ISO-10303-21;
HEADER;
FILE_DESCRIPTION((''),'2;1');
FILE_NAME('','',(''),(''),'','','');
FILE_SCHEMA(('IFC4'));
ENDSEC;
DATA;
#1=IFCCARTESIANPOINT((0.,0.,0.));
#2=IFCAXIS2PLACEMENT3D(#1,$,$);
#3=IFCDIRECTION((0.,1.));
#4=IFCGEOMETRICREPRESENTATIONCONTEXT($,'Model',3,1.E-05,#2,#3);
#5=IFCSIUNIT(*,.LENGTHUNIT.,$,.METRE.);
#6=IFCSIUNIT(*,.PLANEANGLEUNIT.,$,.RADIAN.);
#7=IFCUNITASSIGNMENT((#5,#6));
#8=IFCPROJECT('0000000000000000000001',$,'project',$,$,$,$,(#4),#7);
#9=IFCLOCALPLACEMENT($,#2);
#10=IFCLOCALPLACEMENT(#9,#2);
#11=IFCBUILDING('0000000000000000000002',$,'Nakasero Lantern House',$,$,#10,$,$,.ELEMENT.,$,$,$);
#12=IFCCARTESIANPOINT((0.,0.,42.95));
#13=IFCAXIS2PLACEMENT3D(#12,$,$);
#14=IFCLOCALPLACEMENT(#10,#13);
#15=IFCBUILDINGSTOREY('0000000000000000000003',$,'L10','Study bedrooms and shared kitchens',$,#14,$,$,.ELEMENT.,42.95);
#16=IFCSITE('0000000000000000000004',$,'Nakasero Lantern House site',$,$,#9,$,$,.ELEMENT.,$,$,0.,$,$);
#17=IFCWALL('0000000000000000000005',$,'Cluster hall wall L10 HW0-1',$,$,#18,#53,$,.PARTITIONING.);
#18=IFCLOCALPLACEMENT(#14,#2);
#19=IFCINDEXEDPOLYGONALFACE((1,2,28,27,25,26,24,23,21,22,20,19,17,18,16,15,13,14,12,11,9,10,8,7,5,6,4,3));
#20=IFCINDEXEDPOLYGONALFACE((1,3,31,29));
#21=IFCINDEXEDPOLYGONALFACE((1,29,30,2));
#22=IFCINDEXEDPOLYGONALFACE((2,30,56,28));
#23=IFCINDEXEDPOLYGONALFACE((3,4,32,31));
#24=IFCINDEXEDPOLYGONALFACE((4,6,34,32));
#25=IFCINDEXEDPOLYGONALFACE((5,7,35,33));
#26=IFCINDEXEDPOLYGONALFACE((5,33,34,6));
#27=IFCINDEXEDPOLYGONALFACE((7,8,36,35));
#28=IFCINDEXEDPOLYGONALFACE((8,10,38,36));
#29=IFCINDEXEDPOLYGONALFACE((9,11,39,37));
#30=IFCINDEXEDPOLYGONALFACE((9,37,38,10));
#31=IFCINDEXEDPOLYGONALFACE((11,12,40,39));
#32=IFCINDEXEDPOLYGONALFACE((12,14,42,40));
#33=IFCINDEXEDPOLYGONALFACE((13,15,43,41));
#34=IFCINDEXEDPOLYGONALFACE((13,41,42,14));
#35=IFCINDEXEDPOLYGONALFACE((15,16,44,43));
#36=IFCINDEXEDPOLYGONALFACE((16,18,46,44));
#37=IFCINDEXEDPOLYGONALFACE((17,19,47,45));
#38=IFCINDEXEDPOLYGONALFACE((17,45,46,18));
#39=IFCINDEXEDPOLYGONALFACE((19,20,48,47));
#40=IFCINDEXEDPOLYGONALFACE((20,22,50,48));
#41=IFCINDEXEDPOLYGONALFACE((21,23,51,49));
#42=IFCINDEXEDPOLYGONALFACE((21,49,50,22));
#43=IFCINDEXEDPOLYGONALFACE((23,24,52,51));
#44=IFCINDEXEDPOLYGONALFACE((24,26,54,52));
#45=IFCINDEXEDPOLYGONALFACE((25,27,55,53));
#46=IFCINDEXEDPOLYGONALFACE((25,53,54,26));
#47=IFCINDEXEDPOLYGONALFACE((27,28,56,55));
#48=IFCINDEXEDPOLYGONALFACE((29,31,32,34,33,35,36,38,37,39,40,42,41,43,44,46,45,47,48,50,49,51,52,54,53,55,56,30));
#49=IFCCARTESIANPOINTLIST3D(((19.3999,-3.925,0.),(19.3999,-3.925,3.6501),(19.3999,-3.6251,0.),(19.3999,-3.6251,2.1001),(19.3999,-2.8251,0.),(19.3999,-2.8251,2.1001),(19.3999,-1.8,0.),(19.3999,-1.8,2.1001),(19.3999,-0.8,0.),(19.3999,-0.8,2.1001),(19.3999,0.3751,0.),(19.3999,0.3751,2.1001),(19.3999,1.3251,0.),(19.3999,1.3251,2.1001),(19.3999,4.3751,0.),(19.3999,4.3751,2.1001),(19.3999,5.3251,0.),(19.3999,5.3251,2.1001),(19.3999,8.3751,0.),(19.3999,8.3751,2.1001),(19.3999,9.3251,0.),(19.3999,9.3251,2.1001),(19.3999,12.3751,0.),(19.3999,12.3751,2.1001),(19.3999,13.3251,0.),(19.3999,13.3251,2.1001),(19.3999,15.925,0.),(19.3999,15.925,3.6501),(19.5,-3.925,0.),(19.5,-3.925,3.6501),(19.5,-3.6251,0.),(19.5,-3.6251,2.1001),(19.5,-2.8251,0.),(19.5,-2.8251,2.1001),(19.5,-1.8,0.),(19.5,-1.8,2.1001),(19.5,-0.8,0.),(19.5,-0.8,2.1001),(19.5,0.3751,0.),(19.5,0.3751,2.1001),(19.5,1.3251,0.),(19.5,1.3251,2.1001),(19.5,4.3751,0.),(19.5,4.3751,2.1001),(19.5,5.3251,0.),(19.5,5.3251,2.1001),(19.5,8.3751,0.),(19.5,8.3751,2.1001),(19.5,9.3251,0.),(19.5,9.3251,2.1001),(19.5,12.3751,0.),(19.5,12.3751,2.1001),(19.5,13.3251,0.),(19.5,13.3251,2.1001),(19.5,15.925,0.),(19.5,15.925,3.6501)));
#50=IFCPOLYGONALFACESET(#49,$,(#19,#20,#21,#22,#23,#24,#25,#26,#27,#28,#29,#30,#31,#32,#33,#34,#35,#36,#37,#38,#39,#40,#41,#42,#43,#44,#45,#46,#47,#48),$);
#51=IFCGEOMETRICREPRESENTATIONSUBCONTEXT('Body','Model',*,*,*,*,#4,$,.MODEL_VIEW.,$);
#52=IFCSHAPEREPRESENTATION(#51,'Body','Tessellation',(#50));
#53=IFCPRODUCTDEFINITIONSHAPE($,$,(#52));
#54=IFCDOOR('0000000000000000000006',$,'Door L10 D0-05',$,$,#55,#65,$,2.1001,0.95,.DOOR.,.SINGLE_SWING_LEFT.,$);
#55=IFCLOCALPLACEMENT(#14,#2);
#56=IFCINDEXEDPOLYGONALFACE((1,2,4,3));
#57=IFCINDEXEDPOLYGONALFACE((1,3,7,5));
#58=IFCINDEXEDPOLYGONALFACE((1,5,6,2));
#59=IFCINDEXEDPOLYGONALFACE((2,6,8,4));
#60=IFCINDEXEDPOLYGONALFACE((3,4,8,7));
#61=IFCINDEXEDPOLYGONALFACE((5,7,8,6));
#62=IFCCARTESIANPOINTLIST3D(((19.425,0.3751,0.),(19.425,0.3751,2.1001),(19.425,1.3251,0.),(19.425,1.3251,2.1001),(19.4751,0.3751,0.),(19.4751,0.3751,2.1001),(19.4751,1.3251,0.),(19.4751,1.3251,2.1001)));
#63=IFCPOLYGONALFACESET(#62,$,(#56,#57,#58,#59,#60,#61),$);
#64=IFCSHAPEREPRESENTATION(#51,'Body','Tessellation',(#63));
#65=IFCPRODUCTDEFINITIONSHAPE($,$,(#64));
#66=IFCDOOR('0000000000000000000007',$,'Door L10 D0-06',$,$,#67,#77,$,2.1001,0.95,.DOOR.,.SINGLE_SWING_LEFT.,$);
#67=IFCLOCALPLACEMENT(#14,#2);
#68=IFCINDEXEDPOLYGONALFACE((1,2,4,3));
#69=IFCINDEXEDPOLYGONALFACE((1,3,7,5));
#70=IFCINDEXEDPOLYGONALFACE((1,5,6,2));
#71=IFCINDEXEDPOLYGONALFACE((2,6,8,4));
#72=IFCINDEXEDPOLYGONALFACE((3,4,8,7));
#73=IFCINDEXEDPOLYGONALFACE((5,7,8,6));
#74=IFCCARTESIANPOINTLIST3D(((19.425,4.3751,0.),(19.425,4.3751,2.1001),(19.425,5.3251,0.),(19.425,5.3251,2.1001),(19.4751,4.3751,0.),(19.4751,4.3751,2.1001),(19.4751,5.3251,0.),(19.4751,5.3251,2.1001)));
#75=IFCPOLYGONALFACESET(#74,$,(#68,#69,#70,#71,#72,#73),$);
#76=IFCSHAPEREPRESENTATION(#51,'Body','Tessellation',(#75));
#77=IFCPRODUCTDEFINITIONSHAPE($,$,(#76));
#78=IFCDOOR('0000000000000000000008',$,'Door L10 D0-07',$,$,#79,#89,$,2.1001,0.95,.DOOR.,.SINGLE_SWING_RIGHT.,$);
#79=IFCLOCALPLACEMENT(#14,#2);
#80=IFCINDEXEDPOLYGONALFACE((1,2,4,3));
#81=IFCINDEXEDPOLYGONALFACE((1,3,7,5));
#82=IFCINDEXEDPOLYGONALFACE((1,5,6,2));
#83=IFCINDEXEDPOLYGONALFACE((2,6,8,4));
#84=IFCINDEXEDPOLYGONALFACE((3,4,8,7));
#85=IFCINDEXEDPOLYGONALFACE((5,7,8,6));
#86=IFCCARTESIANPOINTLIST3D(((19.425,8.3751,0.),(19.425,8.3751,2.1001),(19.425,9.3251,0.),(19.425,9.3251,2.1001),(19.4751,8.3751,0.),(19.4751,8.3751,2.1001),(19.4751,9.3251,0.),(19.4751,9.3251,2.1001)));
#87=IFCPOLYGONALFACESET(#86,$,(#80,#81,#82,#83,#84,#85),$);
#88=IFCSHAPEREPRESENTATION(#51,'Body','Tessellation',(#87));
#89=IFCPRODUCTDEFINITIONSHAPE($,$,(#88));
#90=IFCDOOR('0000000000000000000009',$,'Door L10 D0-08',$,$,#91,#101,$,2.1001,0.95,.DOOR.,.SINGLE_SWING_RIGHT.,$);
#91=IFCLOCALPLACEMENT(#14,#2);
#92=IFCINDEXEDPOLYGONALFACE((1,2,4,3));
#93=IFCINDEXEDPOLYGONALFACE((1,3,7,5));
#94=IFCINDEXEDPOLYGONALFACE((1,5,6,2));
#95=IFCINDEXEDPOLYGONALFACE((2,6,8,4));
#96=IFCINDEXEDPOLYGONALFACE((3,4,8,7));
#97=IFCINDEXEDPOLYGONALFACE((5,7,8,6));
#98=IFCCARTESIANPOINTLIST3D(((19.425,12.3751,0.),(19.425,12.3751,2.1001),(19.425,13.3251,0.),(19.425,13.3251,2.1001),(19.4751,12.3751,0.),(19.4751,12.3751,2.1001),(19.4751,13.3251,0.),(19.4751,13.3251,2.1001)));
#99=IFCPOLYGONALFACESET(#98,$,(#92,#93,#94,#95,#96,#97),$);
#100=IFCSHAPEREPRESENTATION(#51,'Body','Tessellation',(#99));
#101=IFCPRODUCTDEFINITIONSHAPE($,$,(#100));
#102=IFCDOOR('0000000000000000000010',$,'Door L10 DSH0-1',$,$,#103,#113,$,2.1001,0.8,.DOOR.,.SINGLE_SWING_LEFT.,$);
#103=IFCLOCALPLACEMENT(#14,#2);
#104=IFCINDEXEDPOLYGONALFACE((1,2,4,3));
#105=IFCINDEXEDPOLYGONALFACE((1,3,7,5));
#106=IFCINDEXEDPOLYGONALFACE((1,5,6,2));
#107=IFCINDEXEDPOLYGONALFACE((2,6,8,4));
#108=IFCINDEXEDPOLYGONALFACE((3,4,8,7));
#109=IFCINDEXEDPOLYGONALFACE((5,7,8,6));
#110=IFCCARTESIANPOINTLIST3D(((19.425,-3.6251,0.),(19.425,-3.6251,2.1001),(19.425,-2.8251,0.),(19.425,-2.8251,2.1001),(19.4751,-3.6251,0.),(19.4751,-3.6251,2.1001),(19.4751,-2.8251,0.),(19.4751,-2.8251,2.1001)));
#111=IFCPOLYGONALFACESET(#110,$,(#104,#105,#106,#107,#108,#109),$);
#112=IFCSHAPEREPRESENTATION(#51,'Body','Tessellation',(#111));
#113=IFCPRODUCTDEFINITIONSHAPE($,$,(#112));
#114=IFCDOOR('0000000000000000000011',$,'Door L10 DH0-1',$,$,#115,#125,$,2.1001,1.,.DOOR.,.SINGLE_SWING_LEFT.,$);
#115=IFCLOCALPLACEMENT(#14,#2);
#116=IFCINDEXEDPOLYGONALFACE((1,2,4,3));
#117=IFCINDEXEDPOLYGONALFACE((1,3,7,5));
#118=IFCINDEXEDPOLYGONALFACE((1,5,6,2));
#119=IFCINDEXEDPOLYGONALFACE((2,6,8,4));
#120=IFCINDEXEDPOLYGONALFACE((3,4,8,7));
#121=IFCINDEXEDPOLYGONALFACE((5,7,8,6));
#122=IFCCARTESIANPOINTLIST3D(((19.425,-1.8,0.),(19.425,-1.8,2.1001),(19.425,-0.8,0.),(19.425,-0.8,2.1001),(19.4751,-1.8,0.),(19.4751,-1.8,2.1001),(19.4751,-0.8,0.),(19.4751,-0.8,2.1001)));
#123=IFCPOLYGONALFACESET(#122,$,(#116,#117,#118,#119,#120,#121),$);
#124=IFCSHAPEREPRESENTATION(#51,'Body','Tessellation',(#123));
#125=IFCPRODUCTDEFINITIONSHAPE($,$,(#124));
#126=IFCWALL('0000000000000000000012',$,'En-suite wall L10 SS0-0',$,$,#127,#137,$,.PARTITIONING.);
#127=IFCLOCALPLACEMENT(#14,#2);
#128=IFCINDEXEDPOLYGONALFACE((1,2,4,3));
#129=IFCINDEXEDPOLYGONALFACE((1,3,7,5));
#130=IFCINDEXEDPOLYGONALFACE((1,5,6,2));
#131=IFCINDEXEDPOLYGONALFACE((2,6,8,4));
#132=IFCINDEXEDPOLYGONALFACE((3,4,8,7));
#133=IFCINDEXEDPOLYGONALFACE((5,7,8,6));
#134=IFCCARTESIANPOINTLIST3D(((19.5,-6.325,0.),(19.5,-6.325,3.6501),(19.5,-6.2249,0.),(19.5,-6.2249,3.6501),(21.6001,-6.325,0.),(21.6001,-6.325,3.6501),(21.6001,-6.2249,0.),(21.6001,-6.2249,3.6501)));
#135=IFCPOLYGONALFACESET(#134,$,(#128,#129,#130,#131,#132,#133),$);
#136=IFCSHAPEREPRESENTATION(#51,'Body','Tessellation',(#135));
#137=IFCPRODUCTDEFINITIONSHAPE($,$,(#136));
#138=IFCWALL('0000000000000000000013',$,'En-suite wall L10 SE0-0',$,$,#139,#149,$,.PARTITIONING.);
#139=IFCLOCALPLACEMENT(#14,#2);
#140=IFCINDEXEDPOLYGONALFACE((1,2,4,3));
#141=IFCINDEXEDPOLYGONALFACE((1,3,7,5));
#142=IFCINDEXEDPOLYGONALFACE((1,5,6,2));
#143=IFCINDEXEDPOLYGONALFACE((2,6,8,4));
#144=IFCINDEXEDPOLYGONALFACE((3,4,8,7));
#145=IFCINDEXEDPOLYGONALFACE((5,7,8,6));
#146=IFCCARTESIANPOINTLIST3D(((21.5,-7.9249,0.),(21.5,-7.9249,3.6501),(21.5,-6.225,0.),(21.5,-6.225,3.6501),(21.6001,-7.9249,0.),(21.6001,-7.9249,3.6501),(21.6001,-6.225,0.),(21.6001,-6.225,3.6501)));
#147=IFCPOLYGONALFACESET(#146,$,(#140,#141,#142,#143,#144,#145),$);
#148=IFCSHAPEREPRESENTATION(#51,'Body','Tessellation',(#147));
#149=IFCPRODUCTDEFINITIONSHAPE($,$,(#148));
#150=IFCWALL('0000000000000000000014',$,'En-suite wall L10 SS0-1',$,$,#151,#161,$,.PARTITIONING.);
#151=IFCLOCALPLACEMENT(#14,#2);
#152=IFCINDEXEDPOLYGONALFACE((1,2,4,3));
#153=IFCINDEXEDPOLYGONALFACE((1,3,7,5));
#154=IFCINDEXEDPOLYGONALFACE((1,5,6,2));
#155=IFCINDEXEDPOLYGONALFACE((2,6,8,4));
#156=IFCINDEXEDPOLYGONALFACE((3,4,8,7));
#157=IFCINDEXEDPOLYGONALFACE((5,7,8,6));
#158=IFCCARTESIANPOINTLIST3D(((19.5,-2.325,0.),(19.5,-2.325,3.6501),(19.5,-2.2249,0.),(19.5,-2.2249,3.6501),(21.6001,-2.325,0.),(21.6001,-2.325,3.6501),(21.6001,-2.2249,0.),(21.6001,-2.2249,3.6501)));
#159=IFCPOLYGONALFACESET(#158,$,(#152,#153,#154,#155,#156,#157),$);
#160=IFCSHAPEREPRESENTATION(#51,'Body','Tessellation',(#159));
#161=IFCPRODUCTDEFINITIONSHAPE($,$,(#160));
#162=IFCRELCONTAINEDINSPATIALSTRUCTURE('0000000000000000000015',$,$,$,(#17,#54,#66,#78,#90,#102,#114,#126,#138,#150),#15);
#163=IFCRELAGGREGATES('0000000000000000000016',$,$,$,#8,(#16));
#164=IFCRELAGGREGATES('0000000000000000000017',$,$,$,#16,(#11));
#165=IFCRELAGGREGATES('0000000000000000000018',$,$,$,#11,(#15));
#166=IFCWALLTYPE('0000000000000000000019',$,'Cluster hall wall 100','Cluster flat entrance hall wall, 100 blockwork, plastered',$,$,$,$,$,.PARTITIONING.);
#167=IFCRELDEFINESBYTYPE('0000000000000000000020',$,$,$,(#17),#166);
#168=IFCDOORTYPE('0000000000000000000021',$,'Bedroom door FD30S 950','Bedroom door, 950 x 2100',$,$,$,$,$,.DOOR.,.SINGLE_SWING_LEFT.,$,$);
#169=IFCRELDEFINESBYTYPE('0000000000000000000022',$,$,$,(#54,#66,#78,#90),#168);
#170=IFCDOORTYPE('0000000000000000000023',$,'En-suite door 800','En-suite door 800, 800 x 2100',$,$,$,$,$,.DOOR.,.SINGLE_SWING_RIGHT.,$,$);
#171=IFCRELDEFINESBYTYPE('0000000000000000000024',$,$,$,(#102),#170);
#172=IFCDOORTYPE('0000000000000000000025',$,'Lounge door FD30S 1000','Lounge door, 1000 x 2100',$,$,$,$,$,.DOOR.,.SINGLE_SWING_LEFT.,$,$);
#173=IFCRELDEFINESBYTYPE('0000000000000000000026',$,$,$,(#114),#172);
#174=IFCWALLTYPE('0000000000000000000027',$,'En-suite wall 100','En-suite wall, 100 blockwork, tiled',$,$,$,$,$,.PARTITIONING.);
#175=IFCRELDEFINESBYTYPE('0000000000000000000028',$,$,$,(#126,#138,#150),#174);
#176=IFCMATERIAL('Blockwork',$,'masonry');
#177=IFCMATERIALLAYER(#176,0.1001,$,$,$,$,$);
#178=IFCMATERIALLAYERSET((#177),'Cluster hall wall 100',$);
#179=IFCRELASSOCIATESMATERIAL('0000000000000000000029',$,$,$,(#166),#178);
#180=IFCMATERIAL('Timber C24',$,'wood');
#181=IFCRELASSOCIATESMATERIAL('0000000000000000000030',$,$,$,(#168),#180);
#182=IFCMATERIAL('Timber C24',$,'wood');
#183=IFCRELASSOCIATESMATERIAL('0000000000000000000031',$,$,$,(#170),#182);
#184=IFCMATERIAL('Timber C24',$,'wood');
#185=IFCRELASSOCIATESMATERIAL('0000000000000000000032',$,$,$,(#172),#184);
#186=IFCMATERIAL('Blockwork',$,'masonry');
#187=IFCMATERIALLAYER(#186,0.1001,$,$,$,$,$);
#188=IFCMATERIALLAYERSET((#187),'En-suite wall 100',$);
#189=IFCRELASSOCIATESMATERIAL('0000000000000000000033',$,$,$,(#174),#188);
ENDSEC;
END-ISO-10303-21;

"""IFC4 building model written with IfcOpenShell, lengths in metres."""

from ifc_helpers import new_model, si_unit, direction, frame, frame_2d, origin, place, context, subcontext, project, spatial, rectangle, extrude, material, layer, layer_set, type_object, element, fill, save


model = new_model("IFC4")

# Units and contexts
model_context = context("Model", 3, precision=1e-05, world=origin(), true_north=direction((0.0, 1.0)))
body_context = subcontext(model_context, "Body", "Model", "MODEL_VIEW")
ifc_project = project(units=[si_unit("LENGTHUNIT", "METRE"), si_unit("PLANEANGLEUNIT", "RADIAN")], contexts=[model_context])

# Site, building, storey
site_placement = place(None, origin())
site = spatial("IfcSite", under=ifc_project, at=site_placement, Name="Nakasero Lantern House site", CompositionType="ELEMENT", RefElevation=0.0)
building_placement = place(site_placement, origin())
building = spatial("IfcBuilding", under=site, at=building_placement, Name="Nakasero Lantern House", CompositionType="ELEMENT")
storey_placement = place(building_placement, frame((0.0, 0.0, 42.95)))
storey = spatial("IfcBuildingStorey", under=building, at=storey_placement, Name="L10", Description="Study bedrooms and shared kitchens", CompositionType="ELEMENT", Elevation=42.95)

# Wall, openings, doors
ifc_material_1 = material(Name="Blockwork", Category="masonry")
ifc_layer_1 = layer(ifc_material_1, 0.1001)
ifc_layer_set_1 = layer_set([ifc_layer_1], Name="Cluster hall wall 100")
wall_type_1 = type_object("IfcWallType", Name="Cluster hall wall 100", Description="Cluster flat entrance hall wall, 100 blockwork, plastered", PredefinedType="PARTITIONING", material=ifc_layer_set_1)
wall_1_placement = place(storey_placement, frame((19.45, -3.925, 0.0), z_axis=(0.0, 0.0, 1.0), x_axis=(0.0, 1.0, 0.0)))
wall_1 = element("IfcWall", 1, at=wall_1_placement, inside=storey, type_object=wall_type_1, Name="Cluster hall wall L10 HW0-1", PredefinedType="PARTITIONING", context=body_context, shape_type="SweptSolid", body=[
    extrude(rectangle(XDim=19.8501, YDim=0.1001, at=frame_2d((9.925, 0.0))), origin(), (0.0, 0.0, 1.0), 3.6501),
])
opening_1_placement = place(wall_1_placement, frame((2.125, 0.0, 0.0)))
opening_1 = element("IfcOpeningElement", 2, at=opening_1_placement, cuts=wall_1, PredefinedType="OPENING", context=body_context, shape_type="SweptSolid", body=[
    extrude(rectangle(XDim=1.0, YDim=2.1001, at=frame_2d((0.5, 1.05))), frame((0.0, 0.0701, 0.0), z_axis=(0.0, -1.0, 0.0), x_axis=(1.0, 0.0, 0.0)), (0.0, 0.0, 1.0), 0.1401),
])
opening_2_placement = place(wall_1_placement, frame((0.3, 0.0, 0.0)))
opening_2 = element("IfcOpeningElement", 3, at=opening_2_placement, cuts=wall_1, PredefinedType="OPENING", context=body_context, shape_type="SweptSolid", body=[
    extrude(rectangle(XDim=0.8, YDim=2.1001, at=frame_2d((0.3999, 1.05))), frame((0.0, 0.0701, 0.0), z_axis=(0.0, -1.0, 0.0), x_axis=(1.0, 0.0, 0.0)), (0.0, 0.0, 1.0), 0.1401),
])
opening_3_placement = place(wall_1_placement, frame((4.3, 0.0, 0.0)))
opening_3 = element("IfcOpeningElement", 4, at=opening_3_placement, cuts=wall_1, PredefinedType="OPENING", context=body_context, shape_type="SweptSolid", body=[
    extrude(rectangle(XDim=0.95, YDim=2.1001, at=frame_2d((0.4751, 1.05))), frame((0.0, 0.0701, 0.0), z_axis=(0.0, -1.0, 0.0), x_axis=(1.0, 0.0, 0.0)), (0.0, 0.0, 1.0), 0.1401),
])
opening_4_placement = place(wall_1_placement, frame((8.3, 0.0, 0.0)))
opening_4 = element("IfcOpeningElement", 5, at=opening_4_placement, cuts=wall_1, PredefinedType="OPENING", context=body_context, shape_type="SweptSolid", body=[
    extrude(rectangle(XDim=0.95, YDim=2.1001, at=frame_2d((0.4751, 1.05))), frame((0.0, 0.0701, 0.0), z_axis=(0.0, -1.0, 0.0), x_axis=(1.0, 0.0, 0.0)), (0.0, 0.0, 1.0), 0.1401),
])
opening_5_placement = place(wall_1_placement, frame((12.3, 0.0, 0.0)))
opening_5 = element("IfcOpeningElement", 6, at=opening_5_placement, cuts=wall_1, PredefinedType="OPENING", context=body_context, shape_type="SweptSolid", body=[
    extrude(rectangle(XDim=0.95, YDim=2.1001, at=frame_2d((0.4751, 1.05))), frame((0.0, 0.0701, 0.0), z_axis=(0.0, -1.0, 0.0), x_axis=(1.0, 0.0, 0.0)), (0.0, 0.0, 1.0), 0.1401),
])
opening_6_placement = place(wall_1_placement, frame((16.3, 0.0, 0.0)))
opening_6 = element("IfcOpeningElement", 7, at=opening_6_placement, cuts=wall_1, PredefinedType="OPENING", context=body_context, shape_type="SweptSolid", body=[
    extrude(rectangle(XDim=0.95, YDim=2.1001, at=frame_2d((0.4751, 1.05))), frame((0.0, 0.0701, 0.0), z_axis=(0.0, -1.0, 0.0), x_axis=(1.0, 0.0, 0.0)), (0.0, 0.0, 1.0), 0.1401),
])
ifc_material_2 = material(Name="Timber C24", Category="wood")
door_type_1 = type_object("IfcDoorType", Name="Bedroom door FD30S 950", Description="Bedroom door, 950 x 2100", OperationType="SINGLE_SWING_LEFT", PredefinedType="DOOR", material=ifc_material_2)
door_1_placement = place(opening_3_placement, origin())
door_1 = element("IfcDoor", 8, at=door_1_placement, inside=storey, type_object=door_type_1, Name="Door L10 D0-05", OperationType="SINGLE_SWING_LEFT", OverallHeight=2.1001, OverallWidth=0.95, PredefinedType="DOOR", context=body_context, shape_type="SweptSolid", body=[
    extrude(rectangle(XDim=0.95, YDim=2.1001, at=frame_2d((0.4751, 1.05))), frame((0.0, 0.0249, 0.0), z_axis=(0.0, -1.0, 0.0), x_axis=(1.0, 0.0, 0.0)), (0.0, 0.0, 1.0), 0.05),
])
fill(opening_3, door_1)
door_2_placement = place(opening_4_placement, origin())
door_2 = element("IfcDoor", 9, at=door_2_placement, inside=storey, type_object=door_type_1, Name="Door L10 D0-06", OperationType="SINGLE_SWING_LEFT", OverallHeight=2.1001, OverallWidth=0.95, PredefinedType="DOOR", context=body_context, shape_type="SweptSolid", body=[
    extrude(rectangle(XDim=0.95, YDim=2.1001, at=frame_2d((0.4751, 1.05))), frame((0.0, 0.0249, 0.0), z_axis=(0.0, -1.0, 0.0), x_axis=(1.0, 0.0, 0.0)), (0.0, 0.0, 1.0), 0.05),
])
fill(opening_4, door_2)
door_3_placement = place(opening_5_placement, origin())
door_3 = element("IfcDoor", 10, at=door_3_placement, inside=storey, type_object=door_type_1, Name="Door L10 D0-07", OperationType="SINGLE_SWING_RIGHT", OverallHeight=2.1001, OverallWidth=0.95, PredefinedType="DOOR", context=body_context, shape_type="SweptSolid", body=[
    extrude(rectangle(XDim=0.95, YDim=2.1001, at=frame_2d((0.4751, 1.05))), frame((0.0, 0.0249, 0.0), z_axis=(0.0, -1.0, 0.0), x_axis=(1.0, 0.0, 0.0)), (0.0, 0.0, 1.0), 0.05),
])
fill(opening_5, door_3)
door_4_placement = place(opening_6_placement, origin())
door_4 = element("IfcDoor", 11, at=door_4_placement, inside=storey, type_object=door_type_1, Name="Door L10 D0-08", OperationType="SINGLE_SWING_RIGHT", OverallHeight=2.1001, OverallWidth=0.95, PredefinedType="DOOR", context=body_context, shape_type="SweptSolid", body=[
    extrude(rectangle(XDim=0.95, YDim=2.1001, at=frame_2d((0.4751, 1.05))), frame((0.0, 0.0249, 0.0), z_axis=(0.0, -1.0, 0.0), x_axis=(1.0, 0.0, 0.0)), (0.0, 0.0, 1.0), 0.05),
])
fill(opening_6, door_4)
ifc_material_3 = material(Name="Timber C24", Category="wood")
door_type_2 = type_object("IfcDoorType", Name="En-suite door 800", Description="En-suite door 800, 800 x 2100", OperationType="SINGLE_SWING_RIGHT", PredefinedType="DOOR", material=ifc_material_3)
door_5_placement = place(opening_2_placement, origin())
door_5 = element("IfcDoor", 12, at=door_5_placement, inside=storey, type_object=door_type_2, Name="Door L10 DSH0-1", OperationType="SINGLE_SWING_LEFT", OverallHeight=2.1001, OverallWidth=0.8, PredefinedType="DOOR", context=body_context, shape_type="SweptSolid", body=[
    extrude(rectangle(XDim=0.8, YDim=2.1001, at=frame_2d((0.3999, 1.05))), frame((0.0, 0.0249, 0.0), z_axis=(0.0, -1.0, 0.0), x_axis=(1.0, 0.0, 0.0)), (0.0, 0.0, 1.0), 0.05),
])
fill(opening_2, door_5)
ifc_material_4 = material(Name="Timber C24", Category="wood")
door_type_3 = type_object("IfcDoorType", Name="Lounge door FD30S 1000", Description="Lounge door, 1000 x 2100", OperationType="SINGLE_SWING_LEFT", PredefinedType="DOOR", material=ifc_material_4)
door_6_placement = place(opening_1_placement, origin())
door_6 = element("IfcDoor", 13, at=door_6_placement, inside=storey, type_object=door_type_3, Name="Door L10 DH0-1", OperationType="SINGLE_SWING_LEFT", OverallHeight=2.1001, OverallWidth=1.0, PredefinedType="DOOR", context=body_context, shape_type="SweptSolid", body=[
    extrude(rectangle(XDim=1.0, YDim=2.1001, at=frame_2d((0.5, 1.05))), frame((0.0, 0.0249, 0.0), z_axis=(0.0, -1.0, 0.0), x_axis=(1.0, 0.0, 0.0)), (0.0, 0.0, 1.0), 0.05),
])
fill(opening_1, door_6)

# Walls
ifc_material_5 = material(Name="Blockwork", Category="masonry")
ifc_layer_2 = layer(ifc_material_5, 0.1001)
ifc_layer_set_2 = layer_set([ifc_layer_2], Name="En-suite wall 100")
wall_type_2 = type_object("IfcWallType", Name="En-suite wall 100", Description="En-suite wall, 100 blockwork, tiled", PredefinedType="PARTITIONING", material=ifc_layer_set_2)
wall_2_placement = place(storey_placement, frame((19.5, -6.2749, 0.0), z_axis=(0.0, 0.0, 1.0), x_axis=(1.0, 0.0, 0.0)))
element("IfcWall", 14, at=wall_2_placement, inside=storey, type_object=wall_type_2, Name="En-suite wall L10 SS0-0", PredefinedType="PARTITIONING", context=body_context, shape_type="SweptSolid", body=[
    extrude(rectangle(XDim=2.1001, YDim=0.1001, at=frame_2d((1.05, 0.0))), origin(), (0.0, 0.0, 1.0), 3.6501),
])
wall_3_placement = place(storey_placement, frame((21.55, -7.925, 0.0), z_axis=(0.0, 0.0, 1.0), x_axis=(0.0, 1.0, 0.0)))
element("IfcWall", 15, at=wall_3_placement, inside=storey, type_object=wall_type_2, Name="En-suite wall L10 SE0-0", PredefinedType="PARTITIONING", context=body_context, shape_type="SweptSolid", body=[
    extrude(rectangle(XDim=1.7, YDim=0.1001, at=frame_2d((0.8501, 0.0))), origin(), (0.0, 0.0, 1.0), 3.6501),
])
wall_4_placement = place(storey_placement, frame((19.5, -2.2749, 0.0), z_axis=(0.0, 0.0, 1.0), x_axis=(1.0, 0.0, 0.0)))
element("IfcWall", 16, at=wall_4_placement, inside=storey, type_object=wall_type_2, Name="En-suite wall L10 SS0-1", PredefinedType="PARTITIONING", context=body_context, shape_type="SweptSolid", body=[
    extrude(rectangle(XDim=2.1001, YDim=0.1001, at=frame_2d((1.05, 0.0))), origin(), (0.0, 0.0, 1.0), 3.6501),
])

save(model, "model.ifc")
